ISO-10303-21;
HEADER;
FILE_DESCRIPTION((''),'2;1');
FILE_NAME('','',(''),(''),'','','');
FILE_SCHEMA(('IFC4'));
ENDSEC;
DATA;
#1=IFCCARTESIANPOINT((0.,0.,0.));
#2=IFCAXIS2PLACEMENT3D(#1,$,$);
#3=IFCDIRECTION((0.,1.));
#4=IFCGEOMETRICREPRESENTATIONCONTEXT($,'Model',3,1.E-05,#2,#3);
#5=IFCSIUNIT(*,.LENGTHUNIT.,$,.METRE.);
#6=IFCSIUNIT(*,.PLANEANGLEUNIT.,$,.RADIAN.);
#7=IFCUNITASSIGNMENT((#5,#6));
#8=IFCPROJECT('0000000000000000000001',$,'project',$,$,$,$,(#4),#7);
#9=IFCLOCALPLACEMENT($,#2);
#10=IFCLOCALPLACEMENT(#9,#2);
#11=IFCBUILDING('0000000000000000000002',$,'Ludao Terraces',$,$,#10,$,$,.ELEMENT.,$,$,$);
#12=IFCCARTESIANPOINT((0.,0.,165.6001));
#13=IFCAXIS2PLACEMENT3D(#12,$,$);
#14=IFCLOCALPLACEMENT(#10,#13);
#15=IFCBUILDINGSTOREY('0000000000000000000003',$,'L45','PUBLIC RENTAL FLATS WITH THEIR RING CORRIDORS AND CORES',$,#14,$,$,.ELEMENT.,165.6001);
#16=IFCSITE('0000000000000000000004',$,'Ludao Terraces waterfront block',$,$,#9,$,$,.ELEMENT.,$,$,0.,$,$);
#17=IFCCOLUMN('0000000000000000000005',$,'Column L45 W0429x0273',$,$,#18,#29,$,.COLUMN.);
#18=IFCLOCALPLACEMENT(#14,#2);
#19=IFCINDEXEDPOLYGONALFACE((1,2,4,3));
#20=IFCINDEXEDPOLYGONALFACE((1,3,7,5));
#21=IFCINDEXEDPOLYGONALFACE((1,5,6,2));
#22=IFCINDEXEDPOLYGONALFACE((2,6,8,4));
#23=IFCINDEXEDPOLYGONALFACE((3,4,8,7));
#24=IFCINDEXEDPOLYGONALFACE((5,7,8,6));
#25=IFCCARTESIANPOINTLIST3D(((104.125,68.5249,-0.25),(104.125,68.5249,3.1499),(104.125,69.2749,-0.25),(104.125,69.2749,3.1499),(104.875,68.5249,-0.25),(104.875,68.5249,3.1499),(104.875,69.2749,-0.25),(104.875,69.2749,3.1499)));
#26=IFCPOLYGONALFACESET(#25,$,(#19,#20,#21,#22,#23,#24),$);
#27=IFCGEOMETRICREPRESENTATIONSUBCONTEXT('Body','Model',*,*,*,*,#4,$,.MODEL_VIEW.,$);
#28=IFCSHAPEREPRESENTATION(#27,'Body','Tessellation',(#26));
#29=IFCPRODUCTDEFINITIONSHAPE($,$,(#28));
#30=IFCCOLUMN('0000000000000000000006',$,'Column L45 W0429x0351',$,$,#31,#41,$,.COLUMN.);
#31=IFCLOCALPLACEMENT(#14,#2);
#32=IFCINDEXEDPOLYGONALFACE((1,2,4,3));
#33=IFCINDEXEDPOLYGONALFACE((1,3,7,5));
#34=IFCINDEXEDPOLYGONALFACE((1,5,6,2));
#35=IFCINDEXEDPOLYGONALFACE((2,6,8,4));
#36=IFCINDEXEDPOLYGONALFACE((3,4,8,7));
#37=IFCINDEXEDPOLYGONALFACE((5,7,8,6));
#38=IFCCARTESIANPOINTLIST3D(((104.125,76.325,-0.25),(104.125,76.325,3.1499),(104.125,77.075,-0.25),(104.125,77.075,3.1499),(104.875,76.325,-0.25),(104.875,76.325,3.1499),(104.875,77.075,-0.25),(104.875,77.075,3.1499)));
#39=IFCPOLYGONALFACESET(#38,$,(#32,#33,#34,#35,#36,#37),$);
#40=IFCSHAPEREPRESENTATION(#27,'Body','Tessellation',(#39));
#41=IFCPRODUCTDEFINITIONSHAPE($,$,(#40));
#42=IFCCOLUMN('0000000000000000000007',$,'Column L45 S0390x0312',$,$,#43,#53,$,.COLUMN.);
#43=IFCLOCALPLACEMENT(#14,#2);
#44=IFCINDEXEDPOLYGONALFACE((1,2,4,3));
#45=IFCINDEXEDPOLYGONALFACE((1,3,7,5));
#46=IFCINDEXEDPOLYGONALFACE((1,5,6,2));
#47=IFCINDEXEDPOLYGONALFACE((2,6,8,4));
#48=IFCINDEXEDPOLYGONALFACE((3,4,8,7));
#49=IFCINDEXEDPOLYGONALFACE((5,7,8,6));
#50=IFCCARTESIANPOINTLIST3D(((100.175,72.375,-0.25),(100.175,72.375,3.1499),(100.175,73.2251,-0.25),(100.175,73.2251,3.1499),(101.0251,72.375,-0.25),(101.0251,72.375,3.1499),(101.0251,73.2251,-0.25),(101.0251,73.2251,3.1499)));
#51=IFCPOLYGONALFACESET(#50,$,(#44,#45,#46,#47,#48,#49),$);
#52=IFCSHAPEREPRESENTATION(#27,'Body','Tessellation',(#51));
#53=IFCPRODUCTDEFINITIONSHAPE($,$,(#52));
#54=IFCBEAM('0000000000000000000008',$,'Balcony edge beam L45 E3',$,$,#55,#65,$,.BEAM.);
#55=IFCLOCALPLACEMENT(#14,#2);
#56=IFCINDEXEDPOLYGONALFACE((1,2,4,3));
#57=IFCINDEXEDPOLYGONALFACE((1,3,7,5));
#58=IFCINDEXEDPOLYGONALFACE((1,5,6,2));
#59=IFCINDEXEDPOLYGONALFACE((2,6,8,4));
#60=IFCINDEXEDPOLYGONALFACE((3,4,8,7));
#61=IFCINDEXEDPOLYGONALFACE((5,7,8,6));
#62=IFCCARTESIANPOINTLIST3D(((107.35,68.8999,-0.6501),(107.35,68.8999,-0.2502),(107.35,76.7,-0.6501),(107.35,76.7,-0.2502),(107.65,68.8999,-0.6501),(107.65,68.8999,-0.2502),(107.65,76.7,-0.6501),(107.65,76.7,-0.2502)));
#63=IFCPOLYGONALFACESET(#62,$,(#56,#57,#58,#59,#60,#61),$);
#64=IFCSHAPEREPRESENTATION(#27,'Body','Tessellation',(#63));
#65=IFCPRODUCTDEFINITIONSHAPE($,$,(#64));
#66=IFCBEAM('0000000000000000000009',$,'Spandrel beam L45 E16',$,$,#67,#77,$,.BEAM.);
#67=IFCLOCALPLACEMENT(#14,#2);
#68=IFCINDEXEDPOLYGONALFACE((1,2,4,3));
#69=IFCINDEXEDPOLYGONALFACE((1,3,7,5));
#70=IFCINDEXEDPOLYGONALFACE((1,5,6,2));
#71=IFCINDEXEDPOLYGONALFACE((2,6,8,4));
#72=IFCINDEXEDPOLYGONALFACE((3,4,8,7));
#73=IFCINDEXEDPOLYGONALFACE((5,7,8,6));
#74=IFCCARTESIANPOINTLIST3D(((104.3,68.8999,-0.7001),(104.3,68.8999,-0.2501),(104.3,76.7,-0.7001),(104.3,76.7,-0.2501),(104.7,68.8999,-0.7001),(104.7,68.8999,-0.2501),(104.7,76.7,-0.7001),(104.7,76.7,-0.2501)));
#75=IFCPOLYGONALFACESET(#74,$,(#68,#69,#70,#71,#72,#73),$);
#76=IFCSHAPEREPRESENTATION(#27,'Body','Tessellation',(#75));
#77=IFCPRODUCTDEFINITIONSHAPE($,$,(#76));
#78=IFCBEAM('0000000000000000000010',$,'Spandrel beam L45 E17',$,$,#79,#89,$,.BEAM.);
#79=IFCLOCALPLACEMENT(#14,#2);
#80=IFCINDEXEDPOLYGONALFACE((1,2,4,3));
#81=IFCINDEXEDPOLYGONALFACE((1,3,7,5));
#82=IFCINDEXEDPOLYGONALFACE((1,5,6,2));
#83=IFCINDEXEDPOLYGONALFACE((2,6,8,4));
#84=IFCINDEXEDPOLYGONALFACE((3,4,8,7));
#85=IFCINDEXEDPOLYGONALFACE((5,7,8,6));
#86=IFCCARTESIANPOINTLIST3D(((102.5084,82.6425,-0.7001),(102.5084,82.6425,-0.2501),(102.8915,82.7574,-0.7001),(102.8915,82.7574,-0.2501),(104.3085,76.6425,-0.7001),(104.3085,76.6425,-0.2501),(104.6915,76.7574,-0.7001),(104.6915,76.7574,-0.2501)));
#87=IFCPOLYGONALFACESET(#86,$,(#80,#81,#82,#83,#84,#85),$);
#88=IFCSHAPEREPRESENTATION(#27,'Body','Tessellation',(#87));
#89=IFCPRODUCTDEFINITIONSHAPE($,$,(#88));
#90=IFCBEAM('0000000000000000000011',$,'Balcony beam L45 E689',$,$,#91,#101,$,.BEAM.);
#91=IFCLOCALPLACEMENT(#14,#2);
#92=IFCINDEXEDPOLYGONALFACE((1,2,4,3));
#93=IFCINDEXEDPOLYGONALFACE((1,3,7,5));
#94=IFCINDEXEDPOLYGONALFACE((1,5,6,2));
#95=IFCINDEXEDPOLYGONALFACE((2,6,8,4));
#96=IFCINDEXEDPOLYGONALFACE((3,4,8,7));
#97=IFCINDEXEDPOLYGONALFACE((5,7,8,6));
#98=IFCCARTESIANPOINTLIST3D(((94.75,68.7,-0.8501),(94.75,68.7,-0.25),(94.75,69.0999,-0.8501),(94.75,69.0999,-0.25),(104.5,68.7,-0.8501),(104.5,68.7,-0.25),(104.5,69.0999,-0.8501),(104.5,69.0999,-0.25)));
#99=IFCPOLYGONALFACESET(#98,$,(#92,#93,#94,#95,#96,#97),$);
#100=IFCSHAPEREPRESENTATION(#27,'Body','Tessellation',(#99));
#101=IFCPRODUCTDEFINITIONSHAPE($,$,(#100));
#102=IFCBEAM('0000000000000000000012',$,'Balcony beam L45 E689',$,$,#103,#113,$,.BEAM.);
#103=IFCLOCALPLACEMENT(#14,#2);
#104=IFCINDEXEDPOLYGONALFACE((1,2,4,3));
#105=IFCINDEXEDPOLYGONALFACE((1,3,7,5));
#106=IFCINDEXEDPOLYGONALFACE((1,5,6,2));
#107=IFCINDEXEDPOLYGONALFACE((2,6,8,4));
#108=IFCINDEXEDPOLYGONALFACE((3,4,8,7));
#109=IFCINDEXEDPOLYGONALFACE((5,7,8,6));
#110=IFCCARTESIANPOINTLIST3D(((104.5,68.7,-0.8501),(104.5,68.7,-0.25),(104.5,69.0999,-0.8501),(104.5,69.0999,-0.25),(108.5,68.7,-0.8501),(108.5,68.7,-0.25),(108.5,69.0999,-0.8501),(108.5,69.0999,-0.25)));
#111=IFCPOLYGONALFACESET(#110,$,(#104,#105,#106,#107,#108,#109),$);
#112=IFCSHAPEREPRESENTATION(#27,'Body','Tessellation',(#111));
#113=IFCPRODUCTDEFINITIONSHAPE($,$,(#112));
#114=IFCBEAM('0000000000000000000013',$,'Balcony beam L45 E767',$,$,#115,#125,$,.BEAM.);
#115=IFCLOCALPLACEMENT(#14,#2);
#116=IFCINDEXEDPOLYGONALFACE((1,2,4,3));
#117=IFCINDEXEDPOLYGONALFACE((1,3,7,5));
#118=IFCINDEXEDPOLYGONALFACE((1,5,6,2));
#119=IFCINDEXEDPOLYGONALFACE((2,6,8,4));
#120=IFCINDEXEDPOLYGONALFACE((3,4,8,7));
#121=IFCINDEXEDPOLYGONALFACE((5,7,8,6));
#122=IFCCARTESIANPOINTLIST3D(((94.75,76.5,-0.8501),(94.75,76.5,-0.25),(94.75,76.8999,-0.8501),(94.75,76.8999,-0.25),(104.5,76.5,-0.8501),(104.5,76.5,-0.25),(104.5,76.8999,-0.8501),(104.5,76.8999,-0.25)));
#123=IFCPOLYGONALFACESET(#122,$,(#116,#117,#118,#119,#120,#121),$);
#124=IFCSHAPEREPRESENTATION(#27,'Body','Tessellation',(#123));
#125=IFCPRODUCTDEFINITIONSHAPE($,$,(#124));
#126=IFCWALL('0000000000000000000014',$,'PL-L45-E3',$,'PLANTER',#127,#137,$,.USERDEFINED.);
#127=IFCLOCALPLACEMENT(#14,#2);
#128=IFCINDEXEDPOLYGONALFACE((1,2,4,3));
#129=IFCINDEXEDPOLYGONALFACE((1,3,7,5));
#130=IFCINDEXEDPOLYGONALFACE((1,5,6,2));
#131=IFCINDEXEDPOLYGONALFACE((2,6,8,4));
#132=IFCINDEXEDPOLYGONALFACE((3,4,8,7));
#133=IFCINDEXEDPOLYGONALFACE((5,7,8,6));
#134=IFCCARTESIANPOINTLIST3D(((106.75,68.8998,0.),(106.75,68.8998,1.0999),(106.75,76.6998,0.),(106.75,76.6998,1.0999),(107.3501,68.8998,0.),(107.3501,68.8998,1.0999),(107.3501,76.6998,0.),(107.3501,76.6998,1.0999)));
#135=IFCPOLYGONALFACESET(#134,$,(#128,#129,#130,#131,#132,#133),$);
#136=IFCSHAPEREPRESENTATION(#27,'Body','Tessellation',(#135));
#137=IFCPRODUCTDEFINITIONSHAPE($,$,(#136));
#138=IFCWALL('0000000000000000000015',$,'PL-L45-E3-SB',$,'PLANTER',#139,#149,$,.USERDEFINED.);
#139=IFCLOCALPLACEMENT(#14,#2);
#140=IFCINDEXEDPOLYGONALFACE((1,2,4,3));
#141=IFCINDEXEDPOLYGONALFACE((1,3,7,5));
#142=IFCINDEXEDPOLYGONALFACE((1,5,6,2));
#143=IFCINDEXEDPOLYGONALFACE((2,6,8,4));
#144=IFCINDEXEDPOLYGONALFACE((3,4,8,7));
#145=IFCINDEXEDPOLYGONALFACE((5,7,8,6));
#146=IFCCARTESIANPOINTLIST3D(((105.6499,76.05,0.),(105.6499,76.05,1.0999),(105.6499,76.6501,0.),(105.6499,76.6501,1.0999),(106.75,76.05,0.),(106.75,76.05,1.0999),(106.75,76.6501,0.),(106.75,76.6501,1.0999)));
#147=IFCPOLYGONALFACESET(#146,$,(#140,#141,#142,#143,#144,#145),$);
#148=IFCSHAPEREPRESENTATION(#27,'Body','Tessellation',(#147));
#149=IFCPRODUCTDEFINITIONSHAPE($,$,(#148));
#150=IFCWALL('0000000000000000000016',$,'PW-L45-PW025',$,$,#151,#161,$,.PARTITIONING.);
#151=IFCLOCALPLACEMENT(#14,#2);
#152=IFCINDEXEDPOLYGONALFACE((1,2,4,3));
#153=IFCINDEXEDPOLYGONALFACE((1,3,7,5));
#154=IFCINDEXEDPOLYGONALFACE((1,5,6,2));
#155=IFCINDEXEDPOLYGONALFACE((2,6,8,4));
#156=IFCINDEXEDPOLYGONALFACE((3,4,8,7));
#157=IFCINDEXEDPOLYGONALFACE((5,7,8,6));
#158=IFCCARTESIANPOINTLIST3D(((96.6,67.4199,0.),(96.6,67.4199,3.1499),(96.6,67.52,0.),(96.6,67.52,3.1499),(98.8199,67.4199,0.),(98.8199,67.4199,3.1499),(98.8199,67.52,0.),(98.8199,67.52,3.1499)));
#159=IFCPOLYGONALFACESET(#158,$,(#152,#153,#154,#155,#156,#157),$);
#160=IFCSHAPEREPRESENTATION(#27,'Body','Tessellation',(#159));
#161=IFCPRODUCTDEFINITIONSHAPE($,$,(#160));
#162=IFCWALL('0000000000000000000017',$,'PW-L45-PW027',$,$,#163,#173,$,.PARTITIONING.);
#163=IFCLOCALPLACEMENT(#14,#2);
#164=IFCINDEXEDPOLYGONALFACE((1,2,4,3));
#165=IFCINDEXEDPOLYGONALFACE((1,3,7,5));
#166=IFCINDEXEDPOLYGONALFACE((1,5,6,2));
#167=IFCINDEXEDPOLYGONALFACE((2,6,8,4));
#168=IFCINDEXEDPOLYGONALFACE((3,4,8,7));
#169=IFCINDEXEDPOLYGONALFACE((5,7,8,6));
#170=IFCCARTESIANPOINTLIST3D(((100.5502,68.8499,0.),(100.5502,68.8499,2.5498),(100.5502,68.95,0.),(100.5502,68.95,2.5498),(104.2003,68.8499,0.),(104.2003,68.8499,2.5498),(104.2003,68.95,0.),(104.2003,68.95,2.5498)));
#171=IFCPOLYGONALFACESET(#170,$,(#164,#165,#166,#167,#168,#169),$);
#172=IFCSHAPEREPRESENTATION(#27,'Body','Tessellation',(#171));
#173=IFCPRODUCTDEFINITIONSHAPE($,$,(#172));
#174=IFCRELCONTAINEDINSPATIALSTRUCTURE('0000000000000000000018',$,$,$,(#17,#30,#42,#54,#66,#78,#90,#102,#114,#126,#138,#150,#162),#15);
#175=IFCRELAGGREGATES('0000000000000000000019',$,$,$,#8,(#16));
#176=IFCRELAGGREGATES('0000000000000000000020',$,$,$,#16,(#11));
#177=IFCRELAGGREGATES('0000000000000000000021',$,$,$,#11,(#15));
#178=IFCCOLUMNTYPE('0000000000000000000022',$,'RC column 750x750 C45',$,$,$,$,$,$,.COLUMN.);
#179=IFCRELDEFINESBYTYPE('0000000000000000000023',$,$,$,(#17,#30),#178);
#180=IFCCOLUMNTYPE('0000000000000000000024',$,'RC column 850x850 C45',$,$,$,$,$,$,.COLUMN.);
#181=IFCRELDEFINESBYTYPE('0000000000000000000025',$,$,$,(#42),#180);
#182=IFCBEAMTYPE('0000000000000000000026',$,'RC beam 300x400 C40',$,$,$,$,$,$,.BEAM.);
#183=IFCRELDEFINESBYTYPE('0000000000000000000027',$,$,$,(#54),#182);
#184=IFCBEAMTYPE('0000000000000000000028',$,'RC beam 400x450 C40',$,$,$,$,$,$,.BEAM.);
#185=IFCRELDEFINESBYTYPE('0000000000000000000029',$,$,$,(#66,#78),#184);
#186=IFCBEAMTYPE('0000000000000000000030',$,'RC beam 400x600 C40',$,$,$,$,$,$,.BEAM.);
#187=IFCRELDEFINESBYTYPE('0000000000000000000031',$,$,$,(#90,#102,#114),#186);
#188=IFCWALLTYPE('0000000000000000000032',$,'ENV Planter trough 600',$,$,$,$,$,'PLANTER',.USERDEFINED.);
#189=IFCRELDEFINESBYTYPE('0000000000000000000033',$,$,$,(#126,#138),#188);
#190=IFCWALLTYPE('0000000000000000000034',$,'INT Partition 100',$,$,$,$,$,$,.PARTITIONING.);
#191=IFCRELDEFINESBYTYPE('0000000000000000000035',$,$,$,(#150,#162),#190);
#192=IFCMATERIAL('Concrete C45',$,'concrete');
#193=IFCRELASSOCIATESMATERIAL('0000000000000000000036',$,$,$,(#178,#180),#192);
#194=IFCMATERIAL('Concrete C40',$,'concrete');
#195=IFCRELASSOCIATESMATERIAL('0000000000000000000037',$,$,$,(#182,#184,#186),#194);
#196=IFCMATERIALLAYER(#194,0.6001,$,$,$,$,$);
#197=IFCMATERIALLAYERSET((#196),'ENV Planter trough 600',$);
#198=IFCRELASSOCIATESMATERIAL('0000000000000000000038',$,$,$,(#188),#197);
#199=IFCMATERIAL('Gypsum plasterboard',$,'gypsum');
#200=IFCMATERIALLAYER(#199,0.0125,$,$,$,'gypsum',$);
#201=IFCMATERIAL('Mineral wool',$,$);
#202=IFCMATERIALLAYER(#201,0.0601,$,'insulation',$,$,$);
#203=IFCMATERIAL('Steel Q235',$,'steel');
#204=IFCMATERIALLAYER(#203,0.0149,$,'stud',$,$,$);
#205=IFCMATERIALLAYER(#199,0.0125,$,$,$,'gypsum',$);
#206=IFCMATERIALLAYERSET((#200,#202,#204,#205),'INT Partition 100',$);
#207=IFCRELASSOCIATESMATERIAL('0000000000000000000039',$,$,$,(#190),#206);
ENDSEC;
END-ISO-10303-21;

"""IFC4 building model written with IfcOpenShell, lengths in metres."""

from ifc_helpers import new_model, si_unit, direction, frame, frame_2d, origin, origin_2d, place, context, subcontext, project, spatial, rectangle, extrude, material, layer, layer_set, material_profile, profile_set, type_object, element, save


model = new_model("IFC4")

# Units and contexts
model_context = context("Model", 3, precision=1e-05, world=origin(), true_north=direction((0.0, 1.0)))
body_context = subcontext(model_context, "Body", "Model", "MODEL_VIEW")
ifc_project = project(units=[si_unit("LENGTHUNIT", "METRE"), si_unit("PLANEANGLEUNIT", "RADIAN")], contexts=[model_context])

# Site, building, storey
site_placement = place(None, origin())
site = spatial("IfcSite", under=ifc_project, at=site_placement, Name="Ludao Terraces waterfront block", CompositionType="ELEMENT", RefElevation=0.0)
building_placement = place(site_placement, origin())
building = spatial("IfcBuilding", under=site, at=building_placement, Name="Ludao Terraces", CompositionType="ELEMENT")
storey_placement = place(building_placement, frame((0.0, 0.0, 165.6001)))
storey = spatial("IfcBuildingStorey", under=building, at=storey_placement, Name="L45", Description="PUBLIC RENTAL FLATS WITH THEIR RING CORRIDORS AND CORES", CompositionType="ELEMENT", Elevation=165.6001)

# Columns
ifc_material_1 = material(Name="Concrete C45", Category="concrete")
ifc_material_profile_1 = material_profile(ifc_material_1, rectangle(XDim=0.75, YDim=0.75, at=origin_2d()), Name="750 X 750")
ifc_profile_set_1 = profile_set([ifc_material_profile_1], Name="Concrete C45")
column_type_1 = type_object("IfcColumnType", Name="RC column 750x750 C45", PredefinedType="COLUMN", material=ifc_profile_set_1)
for number, where, z_axis, x_axis, name in (
    (1, (104.5, 68.8999, -0.25), (0.0, 0.0, 1.0), (1.0, 0.0, 0.0), "Column L45 W0429x0273"),
    (2, (104.5, 76.7, -0.25), (0.0, 0.0, 1.0), (1.0, 0.0, 0.0), "Column L45 W0429x0351"),
):
    element("IfcColumn", number, at=place(storey_placement, frame(where, z_axis=z_axis, x_axis=x_axis)), inside=storey, type_object=column_type_1, Name=name, PredefinedType="COLUMN", context=body_context, shape_type="SweptSolid", body=[
        extrude(rectangle(XDim=0.75, YDim=0.75, at=origin_2d()), origin(), (0.0, 0.0, 1.0), 3.3999),
    ])
ifc_material_profile_2 = material_profile(ifc_material_1, rectangle(XDim=0.8501, YDim=0.8501, at=origin_2d()), Name="850 X 850")
ifc_profile_set_2 = profile_set([ifc_material_profile_2], Name="Concrete C45")
column_type_2 = type_object("IfcColumnType", Name="RC column 850x850 C45", PredefinedType="COLUMN", material=ifc_profile_set_2)
column_placement = place(storey_placement, frame((100.6001, 72.8, -0.25), z_axis=(0.0, 0.0, 1.0), x_axis=(1.0, 0.0, 0.0)))
element("IfcColumn", 3, at=column_placement, inside=storey, type_object=column_type_2, Name="Column L45 S0390x0312", PredefinedType="COLUMN", context=body_context, shape_type="SweptSolid", body=[
    extrude(rectangle(XDim=0.8501, YDim=0.8501, at=origin_2d()), origin(), (0.0, 0.0, 1.0), 3.3999),
])

# Beams
ifc_material_2 = material(Name="Concrete C40", Category="concrete")
ifc_material_profile_3 = material_profile(ifc_material_2, rectangle(XDim=0.3, YDim=0.3999, at=origin_2d()), Name="300 X 400")
ifc_profile_set_3 = profile_set([ifc_material_profile_3], Name="Concrete C40")
beam_type_1 = type_object("IfcBeamType", Name="RC beam 300x400 C40", PredefinedType="BEAM", material=ifc_profile_set_3)
beam_1_placement = place(storey_placement, frame((107.5, 68.8999, -0.4502), z_axis=(0.0, 1.0, 0.0), x_axis=(-1.0, 0.0, 0.0)))
element("IfcBeam", 4, at=beam_1_placement, inside=storey, type_object=beam_type_1, Name="Balcony edge beam L45 E3", PredefinedType="BEAM", context=body_context, shape_type="SweptSolid", body=[
    extrude(rectangle(XDim=0.3, YDim=0.3999, at=origin_2d()), origin(), (0.0, 0.0, 1.0), 7.8),
])
ifc_material_profile_4 = material_profile(ifc_material_2, rectangle(XDim=0.3999, YDim=0.45, at=origin_2d()), Name="400 X 450")
ifc_profile_set_4 = profile_set([ifc_material_profile_4], Name="Concrete C40")
beam_type_2 = type_object("IfcBeamType", Name="RC beam 400x450 C40", PredefinedType="BEAM", material=ifc_profile_set_4)
beam_2_placement = place(storey_placement, frame((104.5, 68.8999, -0.4751), z_axis=(0.0, 1.0, 0.0), x_axis=(-1.0, 0.0, 0.0)))
element("IfcBeam", 5, at=beam_2_placement, inside=storey, type_object=beam_type_2, Name="Spandrel beam L45 E16", PredefinedType="BEAM", context=body_context, shape_type="SweptSolid", body=[
    extrude(rectangle(XDim=0.3999, YDim=0.45, at=origin_2d()), origin(), (0.0, 0.0, 1.0), 7.8),
])
beam_3_placement = place(storey_placement, frame((104.5, 76.7, -0.4751), z_axis=(-0.287355, 0.957824, 0.0), x_axis=(-0.957824, -0.287355, 0.0)))
element("IfcBeam", 6, at=beam_3_placement, inside=storey, type_object=beam_type_2, Name="Spandrel beam L45 E17", PredefinedType="BEAM", context=body_context, shape_type="SweptSolid", body=[
    extrude(rectangle(XDim=0.3999, YDim=0.45, at=origin_2d()), origin(), (0.0, 0.0, 1.0), 6.2642),
])
ifc_material_profile_5 = material_profile(ifc_material_2, rectangle(XDim=0.3999, YDim=0.6001, at=origin_2d()), Name="400 X 600")
ifc_profile_set_5 = profile_set([ifc_material_profile_5], Name="Concrete C40")
beam_type_3 = type_object("IfcBeamType", Name="RC beam 400x600 C40", PredefinedType="BEAM", material=ifc_profile_set_5)
beam_4_placement = place(storey_placement, frame((94.75, 68.8999, -0.55), z_axis=(1.0, 0.0, 0.0), x_axis=(0.0, 1.0, 0.0)))
element("IfcBeam", 7, at=beam_4_placement, inside=storey, type_object=beam_type_3, Name="Balcony beam L45 E689", PredefinedType="BEAM", context=body_context, shape_type="SweptSolid", body=[
    extrude(rectangle(XDim=0.3999, YDim=0.6001, at=origin_2d()), origin(), (0.0, 0.0, 1.0), 9.75),
])
beam_5_placement = place(storey_placement, frame((104.5, 68.8999, -0.55), z_axis=(1.0, 0.0, 0.0), x_axis=(0.0, 1.0, 0.0)))
element("IfcBeam", 8, at=beam_5_placement, inside=storey, type_object=beam_type_3, Name="Balcony beam L45 E689", PredefinedType="BEAM", context=body_context, shape_type="SweptSolid", body=[
    extrude(rectangle(XDim=0.3999, YDim=0.6001, at=origin_2d()), origin(), (0.0, 0.0, 1.0), 4.0),
])
beam_6_placement = place(storey_placement, frame((94.75, 76.7, -0.55), z_axis=(1.0, 0.0, 0.0), x_axis=(0.0, 1.0, 0.0)))
element("IfcBeam", 9, at=beam_6_placement, inside=storey, type_object=beam_type_3, Name="Balcony beam L45 E767", PredefinedType="BEAM", context=body_context, shape_type="SweptSolid", body=[
    extrude(rectangle(XDim=0.3999, YDim=0.6001, at=origin_2d()), origin(), (0.0, 0.0, 1.0), 9.75),
])

# Walls
ifc_layer_1 = layer(ifc_material_2, 0.6001)
ifc_layer_set_1 = layer_set([ifc_layer_1], Name="ENV Planter trough 600")
wall_type_1 = type_object("IfcWallType", Name="ENV Planter trough 600", ElementType="PLANTER", PredefinedType="USERDEFINED", material=ifc_layer_set_1)
wall_1_placement = place(storey_placement, frame((107.05, 68.8999, 0.0), z_axis=(0.0, 0.0, 1.0), x_axis=(0.0, 1.0, 0.0)))
element("IfcWall", 10, at=wall_1_placement, inside=storey, type_object=wall_type_1, Name="PL-L45-E3", ObjectType="PLANTER", PredefinedType="USERDEFINED", context=body_context, shape_type="SweptSolid", body=[
    extrude(rectangle(XDim=7.8, YDim=0.6001, at=frame_2d((3.8999, 0.0))), origin(), (0.0, 0.0, 1.0), 1.0999),
])
wall_2_placement = place(storey_placement, frame((106.75, 76.3501, 0.0), z_axis=(0.0, 0.0, 1.0), x_axis=(-1.0, 0.0, 0.0)))
element("IfcWall", 11, at=wall_2_placement, inside=storey, type_object=wall_type_1, Name="PL-L45-E3-SB", ObjectType="PLANTER", PredefinedType="USERDEFINED", context=body_context, shape_type="SweptSolid", body=[
    extrude(rectangle(XDim=1.1001, YDim=0.6001, at=frame_2d((0.55, 0.0))), origin(), (0.0, 0.0, 1.0), 1.0999),
])

# Shared definitions
ifc_material_3 = material(Name="Mineral wool")

# Walls
ifc_material_4 = material(Name="Gypsum plasterboard", Category="gypsum")
ifc_layer_2 = layer(ifc_material_4, 0.0125, Category="gypsum")
ifc_layer_3 = layer(ifc_material_3, 0.0601, Name="insulation")
ifc_material_5 = material(Name="Steel Q235", Category="steel")
ifc_layer_4 = layer(ifc_material_5, 0.0149, Name="stud")
ifc_layer_5 = layer(ifc_material_4, 0.0125, Category="gypsum")
ifc_layer_set_2 = layer_set([ifc_layer_2, ifc_layer_3, ifc_layer_4, ifc_layer_5], Name="INT Partition 100")
wall_type_2 = type_object("IfcWallType", Name="INT Partition 100", PredefinedType="PARTITIONING", material=ifc_layer_set_2)
wall_3_placement = place(storey_placement, frame((96.6001, 67.47, 0.0), z_axis=(0.0, 0.0, 1.0), x_axis=(1.0, 0.0, 0.0)))
element("IfcWall", 12, at=wall_3_placement, inside=storey, type_object=wall_type_2, Name="PW-L45-PW025", PredefinedType="PARTITIONING", context=body_context, shape_type="SweptSolid", body=[
    extrude(rectangle(XDim=2.22, YDim=0.1001, at=frame_2d((1.1099, 0.0))), origin(), (0.0, 0.0, 1.0), 3.1499),
])
wall_4_placement = place(storey_placement, frame((100.55, 68.8999, 0.0), z_axis=(0.0, 0.0, 1.0), x_axis=(1.0, 0.0, 0.0)))
element("IfcWall", 13, at=wall_4_placement, inside=storey, type_object=wall_type_2, Name="PW-L45-PW027", PredefinedType="PARTITIONING", context=body_context, shape_type="SweptSolid", body=[
    extrude(rectangle(XDim=3.6501, YDim=0.1001, at=frame_2d((1.8252, 0.0))), origin(), (0.0, 0.0, 1.0), 2.5498),
])

save(model, "model.ifc")
